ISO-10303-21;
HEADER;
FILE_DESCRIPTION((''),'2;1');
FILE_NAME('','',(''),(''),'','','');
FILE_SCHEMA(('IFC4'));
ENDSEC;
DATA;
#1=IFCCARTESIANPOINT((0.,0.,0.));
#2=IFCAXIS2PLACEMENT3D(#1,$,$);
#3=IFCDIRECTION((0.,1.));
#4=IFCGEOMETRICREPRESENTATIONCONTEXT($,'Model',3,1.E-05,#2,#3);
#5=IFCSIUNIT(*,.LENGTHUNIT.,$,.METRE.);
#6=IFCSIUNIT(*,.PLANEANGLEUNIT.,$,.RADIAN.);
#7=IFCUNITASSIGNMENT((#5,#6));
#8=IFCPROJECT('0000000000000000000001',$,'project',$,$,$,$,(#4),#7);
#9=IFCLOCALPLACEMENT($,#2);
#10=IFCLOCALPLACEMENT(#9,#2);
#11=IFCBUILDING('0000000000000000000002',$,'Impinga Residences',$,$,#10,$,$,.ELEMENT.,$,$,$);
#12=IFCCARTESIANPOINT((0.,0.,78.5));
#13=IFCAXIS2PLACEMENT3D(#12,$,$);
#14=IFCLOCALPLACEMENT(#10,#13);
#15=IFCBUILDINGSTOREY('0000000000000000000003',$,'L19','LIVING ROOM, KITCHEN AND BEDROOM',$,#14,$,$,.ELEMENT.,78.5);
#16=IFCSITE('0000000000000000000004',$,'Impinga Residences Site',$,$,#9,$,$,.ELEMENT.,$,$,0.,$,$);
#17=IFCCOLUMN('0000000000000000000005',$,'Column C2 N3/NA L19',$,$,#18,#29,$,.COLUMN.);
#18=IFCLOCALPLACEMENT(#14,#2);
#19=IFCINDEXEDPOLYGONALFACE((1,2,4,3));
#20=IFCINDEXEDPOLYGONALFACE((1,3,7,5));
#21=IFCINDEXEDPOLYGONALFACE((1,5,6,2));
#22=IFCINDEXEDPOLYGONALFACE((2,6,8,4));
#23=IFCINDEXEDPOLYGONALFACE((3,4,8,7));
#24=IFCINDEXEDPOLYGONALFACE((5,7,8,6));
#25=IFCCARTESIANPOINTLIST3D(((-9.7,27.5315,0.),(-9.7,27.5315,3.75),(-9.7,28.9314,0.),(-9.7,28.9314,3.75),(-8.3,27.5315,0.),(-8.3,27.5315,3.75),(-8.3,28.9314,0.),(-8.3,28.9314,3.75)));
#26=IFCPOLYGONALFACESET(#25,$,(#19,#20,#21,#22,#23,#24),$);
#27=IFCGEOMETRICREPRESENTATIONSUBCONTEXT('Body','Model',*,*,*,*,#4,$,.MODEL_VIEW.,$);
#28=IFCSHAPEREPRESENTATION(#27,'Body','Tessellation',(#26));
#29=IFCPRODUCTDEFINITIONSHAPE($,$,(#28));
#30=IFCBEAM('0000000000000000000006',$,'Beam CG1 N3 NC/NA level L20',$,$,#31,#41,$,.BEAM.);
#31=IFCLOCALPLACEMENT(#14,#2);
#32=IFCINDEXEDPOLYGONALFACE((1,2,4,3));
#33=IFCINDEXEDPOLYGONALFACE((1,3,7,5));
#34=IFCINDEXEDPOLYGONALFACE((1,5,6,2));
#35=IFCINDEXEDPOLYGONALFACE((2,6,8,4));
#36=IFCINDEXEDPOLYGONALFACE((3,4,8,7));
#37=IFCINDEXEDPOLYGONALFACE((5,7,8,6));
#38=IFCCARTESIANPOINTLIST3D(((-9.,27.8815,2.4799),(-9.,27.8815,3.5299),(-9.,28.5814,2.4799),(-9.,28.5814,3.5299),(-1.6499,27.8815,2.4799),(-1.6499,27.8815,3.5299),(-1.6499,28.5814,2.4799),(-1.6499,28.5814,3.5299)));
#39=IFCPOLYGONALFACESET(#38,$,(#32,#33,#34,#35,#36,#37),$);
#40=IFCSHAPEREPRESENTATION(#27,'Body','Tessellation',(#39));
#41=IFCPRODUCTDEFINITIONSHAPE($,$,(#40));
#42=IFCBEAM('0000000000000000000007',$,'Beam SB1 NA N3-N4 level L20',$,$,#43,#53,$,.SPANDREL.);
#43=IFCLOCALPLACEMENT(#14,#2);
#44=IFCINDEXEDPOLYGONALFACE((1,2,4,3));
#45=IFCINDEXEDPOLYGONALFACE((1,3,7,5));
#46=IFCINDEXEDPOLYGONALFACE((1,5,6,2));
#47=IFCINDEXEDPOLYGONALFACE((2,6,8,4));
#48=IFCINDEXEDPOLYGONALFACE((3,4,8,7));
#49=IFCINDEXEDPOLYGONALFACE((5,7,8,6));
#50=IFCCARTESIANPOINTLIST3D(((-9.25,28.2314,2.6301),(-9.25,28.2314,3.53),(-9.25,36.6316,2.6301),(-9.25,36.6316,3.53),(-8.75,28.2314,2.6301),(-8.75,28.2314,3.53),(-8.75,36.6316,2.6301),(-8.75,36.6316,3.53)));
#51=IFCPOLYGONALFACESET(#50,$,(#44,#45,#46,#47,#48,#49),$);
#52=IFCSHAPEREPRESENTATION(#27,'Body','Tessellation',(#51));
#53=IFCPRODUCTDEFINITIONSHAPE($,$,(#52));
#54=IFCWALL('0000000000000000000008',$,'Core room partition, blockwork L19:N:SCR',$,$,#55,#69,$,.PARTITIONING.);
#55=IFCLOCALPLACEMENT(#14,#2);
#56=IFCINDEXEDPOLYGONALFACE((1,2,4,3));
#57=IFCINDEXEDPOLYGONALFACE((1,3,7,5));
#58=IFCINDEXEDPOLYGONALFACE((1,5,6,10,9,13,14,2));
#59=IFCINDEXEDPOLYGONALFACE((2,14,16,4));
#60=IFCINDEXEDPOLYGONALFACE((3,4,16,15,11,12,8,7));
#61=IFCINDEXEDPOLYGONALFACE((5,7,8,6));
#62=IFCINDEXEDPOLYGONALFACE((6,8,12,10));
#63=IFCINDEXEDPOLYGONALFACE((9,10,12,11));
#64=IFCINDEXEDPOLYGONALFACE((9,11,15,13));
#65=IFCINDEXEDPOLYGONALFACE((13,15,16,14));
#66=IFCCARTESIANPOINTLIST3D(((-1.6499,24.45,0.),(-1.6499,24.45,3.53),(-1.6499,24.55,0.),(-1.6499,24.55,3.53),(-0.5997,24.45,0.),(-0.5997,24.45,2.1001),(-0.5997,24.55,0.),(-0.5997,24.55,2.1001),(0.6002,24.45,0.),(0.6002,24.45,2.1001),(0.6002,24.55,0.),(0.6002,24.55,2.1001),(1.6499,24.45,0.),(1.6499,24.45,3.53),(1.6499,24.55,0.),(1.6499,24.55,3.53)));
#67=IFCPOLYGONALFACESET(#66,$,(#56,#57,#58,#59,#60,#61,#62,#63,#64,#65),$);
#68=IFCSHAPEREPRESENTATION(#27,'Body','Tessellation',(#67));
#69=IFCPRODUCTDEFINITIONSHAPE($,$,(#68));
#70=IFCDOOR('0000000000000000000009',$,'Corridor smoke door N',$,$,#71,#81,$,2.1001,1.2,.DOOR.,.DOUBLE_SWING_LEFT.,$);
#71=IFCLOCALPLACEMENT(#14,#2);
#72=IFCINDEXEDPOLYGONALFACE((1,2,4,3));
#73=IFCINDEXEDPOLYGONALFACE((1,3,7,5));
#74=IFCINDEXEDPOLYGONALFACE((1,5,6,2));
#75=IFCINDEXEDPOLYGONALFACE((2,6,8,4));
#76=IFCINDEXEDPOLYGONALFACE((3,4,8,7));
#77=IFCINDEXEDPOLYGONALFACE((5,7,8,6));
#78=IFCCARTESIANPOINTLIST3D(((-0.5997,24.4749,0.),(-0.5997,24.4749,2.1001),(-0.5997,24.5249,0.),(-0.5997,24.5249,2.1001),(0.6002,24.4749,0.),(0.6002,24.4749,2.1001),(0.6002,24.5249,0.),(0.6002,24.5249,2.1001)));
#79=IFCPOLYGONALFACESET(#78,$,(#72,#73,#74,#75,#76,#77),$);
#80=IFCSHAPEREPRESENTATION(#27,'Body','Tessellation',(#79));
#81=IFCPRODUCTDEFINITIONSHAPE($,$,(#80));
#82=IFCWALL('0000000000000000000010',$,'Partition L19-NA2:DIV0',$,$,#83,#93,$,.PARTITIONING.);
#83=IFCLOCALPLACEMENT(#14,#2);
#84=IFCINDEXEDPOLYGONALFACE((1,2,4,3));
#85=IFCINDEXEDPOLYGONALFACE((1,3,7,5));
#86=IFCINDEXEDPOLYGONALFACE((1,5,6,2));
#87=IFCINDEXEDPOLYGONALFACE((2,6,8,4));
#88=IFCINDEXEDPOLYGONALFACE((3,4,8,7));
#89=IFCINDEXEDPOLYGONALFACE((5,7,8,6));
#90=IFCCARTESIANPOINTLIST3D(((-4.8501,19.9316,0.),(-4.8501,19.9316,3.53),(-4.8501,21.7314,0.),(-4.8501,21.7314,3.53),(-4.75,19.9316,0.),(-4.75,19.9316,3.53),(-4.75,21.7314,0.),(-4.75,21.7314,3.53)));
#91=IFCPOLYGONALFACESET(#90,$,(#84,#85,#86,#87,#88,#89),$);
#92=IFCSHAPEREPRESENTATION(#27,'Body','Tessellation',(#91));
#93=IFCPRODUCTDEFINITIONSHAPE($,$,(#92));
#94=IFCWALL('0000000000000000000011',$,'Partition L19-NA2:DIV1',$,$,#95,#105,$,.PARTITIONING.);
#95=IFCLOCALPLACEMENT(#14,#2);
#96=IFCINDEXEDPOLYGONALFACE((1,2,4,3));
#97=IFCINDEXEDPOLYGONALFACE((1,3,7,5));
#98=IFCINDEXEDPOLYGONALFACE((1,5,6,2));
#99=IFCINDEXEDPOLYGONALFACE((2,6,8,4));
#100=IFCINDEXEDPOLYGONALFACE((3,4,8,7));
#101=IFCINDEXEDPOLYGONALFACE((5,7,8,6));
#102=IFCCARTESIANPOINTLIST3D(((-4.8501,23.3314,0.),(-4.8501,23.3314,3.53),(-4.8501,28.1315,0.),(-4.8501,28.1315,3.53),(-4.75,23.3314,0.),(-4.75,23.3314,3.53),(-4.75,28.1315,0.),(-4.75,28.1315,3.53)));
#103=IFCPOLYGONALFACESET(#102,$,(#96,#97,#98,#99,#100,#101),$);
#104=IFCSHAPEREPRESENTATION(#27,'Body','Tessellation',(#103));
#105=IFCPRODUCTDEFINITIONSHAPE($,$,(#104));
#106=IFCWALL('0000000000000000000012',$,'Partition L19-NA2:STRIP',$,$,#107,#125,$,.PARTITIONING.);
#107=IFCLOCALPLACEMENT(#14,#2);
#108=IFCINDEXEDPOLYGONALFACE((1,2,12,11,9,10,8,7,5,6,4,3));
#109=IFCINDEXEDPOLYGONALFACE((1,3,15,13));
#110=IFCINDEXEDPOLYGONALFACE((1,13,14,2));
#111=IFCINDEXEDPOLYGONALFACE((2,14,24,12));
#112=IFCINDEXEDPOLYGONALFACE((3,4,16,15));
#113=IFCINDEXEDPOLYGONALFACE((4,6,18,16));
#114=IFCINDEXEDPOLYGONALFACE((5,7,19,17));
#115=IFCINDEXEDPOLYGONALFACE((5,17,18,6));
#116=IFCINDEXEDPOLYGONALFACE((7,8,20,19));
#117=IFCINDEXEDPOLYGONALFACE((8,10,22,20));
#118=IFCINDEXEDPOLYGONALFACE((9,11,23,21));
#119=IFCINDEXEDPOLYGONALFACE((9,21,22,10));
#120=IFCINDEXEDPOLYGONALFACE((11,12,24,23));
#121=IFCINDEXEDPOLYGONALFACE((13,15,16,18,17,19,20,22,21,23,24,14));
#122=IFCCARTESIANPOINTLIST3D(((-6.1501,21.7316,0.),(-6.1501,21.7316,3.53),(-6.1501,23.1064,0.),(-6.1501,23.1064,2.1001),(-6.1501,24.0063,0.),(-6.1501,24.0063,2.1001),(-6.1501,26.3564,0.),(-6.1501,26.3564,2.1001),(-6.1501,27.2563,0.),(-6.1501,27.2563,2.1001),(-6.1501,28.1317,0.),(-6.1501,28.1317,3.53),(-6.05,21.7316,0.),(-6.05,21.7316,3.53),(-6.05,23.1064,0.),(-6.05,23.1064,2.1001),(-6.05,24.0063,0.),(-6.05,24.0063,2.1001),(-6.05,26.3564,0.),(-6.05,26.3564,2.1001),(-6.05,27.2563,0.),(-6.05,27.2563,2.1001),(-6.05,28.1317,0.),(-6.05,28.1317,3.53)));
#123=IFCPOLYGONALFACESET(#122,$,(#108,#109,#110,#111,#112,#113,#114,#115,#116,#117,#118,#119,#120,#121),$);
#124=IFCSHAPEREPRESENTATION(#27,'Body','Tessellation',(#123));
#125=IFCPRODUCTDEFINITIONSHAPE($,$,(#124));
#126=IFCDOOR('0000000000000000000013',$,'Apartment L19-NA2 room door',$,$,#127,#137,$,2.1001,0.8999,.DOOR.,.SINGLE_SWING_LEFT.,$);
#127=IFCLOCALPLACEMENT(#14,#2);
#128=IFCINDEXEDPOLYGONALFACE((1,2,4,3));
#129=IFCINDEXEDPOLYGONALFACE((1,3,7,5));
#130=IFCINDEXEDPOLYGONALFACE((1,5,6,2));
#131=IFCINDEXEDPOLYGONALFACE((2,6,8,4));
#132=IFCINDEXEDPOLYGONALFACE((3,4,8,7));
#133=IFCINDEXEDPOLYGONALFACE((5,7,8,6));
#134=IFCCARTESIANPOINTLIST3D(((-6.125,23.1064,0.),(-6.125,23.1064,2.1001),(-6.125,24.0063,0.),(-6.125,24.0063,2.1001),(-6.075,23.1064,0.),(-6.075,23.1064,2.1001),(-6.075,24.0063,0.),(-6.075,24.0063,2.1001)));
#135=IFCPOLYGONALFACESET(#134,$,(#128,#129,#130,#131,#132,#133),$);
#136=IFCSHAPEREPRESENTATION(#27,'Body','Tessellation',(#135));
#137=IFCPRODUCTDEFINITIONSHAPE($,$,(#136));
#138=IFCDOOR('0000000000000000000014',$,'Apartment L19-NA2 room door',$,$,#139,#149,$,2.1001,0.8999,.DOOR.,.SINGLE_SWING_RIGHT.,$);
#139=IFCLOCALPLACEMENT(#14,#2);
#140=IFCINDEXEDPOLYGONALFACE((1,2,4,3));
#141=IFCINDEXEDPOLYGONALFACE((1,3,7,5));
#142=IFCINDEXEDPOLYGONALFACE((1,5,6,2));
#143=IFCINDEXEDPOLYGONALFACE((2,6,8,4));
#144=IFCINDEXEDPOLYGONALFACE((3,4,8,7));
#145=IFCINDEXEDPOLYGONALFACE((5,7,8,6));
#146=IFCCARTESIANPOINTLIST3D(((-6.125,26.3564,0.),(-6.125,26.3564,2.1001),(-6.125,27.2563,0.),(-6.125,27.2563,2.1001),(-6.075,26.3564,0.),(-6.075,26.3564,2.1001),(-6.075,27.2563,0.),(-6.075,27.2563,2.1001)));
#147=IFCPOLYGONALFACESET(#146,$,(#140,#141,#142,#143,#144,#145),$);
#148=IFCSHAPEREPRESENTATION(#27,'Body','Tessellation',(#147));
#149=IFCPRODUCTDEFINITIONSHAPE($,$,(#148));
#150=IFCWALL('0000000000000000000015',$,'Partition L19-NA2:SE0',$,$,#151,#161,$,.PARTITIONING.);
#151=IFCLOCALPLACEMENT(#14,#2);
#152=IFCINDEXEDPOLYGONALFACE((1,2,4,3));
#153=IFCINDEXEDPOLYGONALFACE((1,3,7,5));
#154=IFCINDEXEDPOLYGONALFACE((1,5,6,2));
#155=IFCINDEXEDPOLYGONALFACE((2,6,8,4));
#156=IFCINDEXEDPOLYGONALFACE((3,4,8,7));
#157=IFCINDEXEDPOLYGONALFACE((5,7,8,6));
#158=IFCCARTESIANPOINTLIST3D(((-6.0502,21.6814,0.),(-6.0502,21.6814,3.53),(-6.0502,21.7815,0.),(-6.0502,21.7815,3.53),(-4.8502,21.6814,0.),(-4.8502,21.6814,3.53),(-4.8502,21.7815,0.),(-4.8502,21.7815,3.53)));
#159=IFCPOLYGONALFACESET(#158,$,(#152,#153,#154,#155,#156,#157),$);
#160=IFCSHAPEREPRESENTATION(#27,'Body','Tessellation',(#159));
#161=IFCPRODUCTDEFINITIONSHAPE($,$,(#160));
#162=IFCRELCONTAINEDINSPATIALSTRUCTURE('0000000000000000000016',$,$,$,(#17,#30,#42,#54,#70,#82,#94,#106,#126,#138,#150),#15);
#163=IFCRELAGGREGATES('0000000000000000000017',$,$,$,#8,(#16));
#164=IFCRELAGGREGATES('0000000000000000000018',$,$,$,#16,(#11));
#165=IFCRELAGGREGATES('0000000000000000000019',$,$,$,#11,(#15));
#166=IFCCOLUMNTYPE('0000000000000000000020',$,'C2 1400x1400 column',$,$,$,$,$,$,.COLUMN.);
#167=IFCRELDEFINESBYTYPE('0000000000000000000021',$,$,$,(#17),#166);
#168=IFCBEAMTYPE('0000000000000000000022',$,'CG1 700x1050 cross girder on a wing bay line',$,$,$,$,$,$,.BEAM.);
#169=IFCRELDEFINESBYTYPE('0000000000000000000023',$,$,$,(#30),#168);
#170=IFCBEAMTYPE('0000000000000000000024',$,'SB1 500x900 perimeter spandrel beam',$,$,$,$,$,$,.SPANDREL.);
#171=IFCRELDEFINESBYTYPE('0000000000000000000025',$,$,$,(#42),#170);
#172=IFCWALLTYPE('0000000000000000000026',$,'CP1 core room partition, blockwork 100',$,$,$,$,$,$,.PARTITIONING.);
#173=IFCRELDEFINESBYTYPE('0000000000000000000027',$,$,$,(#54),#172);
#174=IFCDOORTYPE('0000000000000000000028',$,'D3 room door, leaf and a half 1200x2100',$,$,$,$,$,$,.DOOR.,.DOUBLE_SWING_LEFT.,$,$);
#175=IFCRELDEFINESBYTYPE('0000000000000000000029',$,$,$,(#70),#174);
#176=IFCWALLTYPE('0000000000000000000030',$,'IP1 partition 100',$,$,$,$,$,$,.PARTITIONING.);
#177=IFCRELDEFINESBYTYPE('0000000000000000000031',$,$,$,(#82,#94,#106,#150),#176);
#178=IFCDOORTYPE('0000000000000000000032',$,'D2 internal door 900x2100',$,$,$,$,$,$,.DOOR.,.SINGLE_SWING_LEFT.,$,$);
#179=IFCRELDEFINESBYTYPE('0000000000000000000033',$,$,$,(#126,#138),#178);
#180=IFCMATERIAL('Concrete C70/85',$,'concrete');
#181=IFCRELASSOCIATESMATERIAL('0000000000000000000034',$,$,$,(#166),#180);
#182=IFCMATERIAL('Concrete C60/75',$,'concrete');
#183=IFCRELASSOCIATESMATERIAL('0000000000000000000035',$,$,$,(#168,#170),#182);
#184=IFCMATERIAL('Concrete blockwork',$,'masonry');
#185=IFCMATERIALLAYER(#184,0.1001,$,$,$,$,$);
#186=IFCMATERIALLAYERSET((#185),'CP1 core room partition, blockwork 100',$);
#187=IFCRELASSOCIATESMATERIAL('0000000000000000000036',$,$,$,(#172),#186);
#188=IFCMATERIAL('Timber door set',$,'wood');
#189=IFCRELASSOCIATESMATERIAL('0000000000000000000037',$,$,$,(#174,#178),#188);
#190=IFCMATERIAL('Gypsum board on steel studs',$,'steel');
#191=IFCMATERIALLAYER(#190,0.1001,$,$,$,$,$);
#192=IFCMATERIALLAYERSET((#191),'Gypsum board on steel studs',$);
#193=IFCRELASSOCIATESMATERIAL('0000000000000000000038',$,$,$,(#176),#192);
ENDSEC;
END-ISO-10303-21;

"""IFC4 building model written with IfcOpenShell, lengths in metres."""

from ifc_helpers import new_model, si_unit, direction, frame, frame_2d, origin, origin_2d, place, context, subcontext, project, spatial, rectangle, extrude, material, layer, layer_set, material_profile, profile_set, type_object, element, fill, save


model = new_model("IFC4")

# Units and contexts
model_context = context("Model", 3, precision=1e-05, world=origin(), true_north=direction((0.0, 1.0)))
body_context = subcontext(model_context, "Body", "Model", "MODEL_VIEW")
ifc_project = project(units=[si_unit("LENGTHUNIT", "METRE"), si_unit("PLANEANGLEUNIT", "RADIAN")], contexts=[model_context])

# Site, building, storey
site_placement = place(None, origin())
site = spatial("IfcSite", under=ifc_project, at=site_placement, Name="Impinga Residences Site", CompositionType="ELEMENT", RefElevation=0.0)
building_placement = place(site_placement, origin())
building = spatial("IfcBuilding", under=site, at=building_placement, Name="Impinga Residences", CompositionType="ELEMENT")
storey_placement = place(building_placement, frame((0.0, 0.0, 78.5)))
storey = spatial("IfcBuildingStorey", under=building, at=storey_placement, Name="L19", Description="LIVING ROOM, KITCHEN AND BEDROOM", CompositionType="ELEMENT", Elevation=78.5)

# Column
ifc_material_1 = material(Name="Concrete C70/85", Category="concrete")
ifc_material_profile_1 = material_profile(ifc_material_1, rectangle(XDim=1.3999, YDim=1.3999, at=origin_2d()), Name="RC 1400x1400")
ifc_profile_set_1 = profile_set([ifc_material_profile_1], Name="Concrete C70/85")
column_type = type_object("IfcColumnType", Name="C2 1400x1400 column", PredefinedType="COLUMN", material=ifc_profile_set_1)
column_placement = place(storey_placement, frame((-9.0, 28.2314, 0.0), z_axis=(0.0, 0.0, 1.0), x_axis=(1.0, 0.0, 0.0)))
element("IfcColumn", 1, at=column_placement, inside=storey, type_object=column_type, Name="Column C2 N3/NA L19", PredefinedType="COLUMN", context=body_context, shape_type="SweptSolid", body=[
    extrude(rectangle(XDim=1.3999, YDim=1.3999, at=origin_2d()), origin(), (0.0, 0.0, 1.0), 3.75),
])

# Beams
ifc_material_2 = material(Name="Concrete C60/75", Category="concrete")
ifc_material_profile_2 = material_profile(ifc_material_2, rectangle(XDim=0.7, YDim=1.05, at=origin_2d()), Name="RC 700x1050")
ifc_profile_set_2 = profile_set([ifc_material_profile_2], Name="Concrete C60/75")
beam_type_1 = type_object("IfcBeamType", Name="CG1 700x1050 cross girder on a wing bay line", PredefinedType="BEAM", material=ifc_profile_set_2)
beam_1_placement = place(storey_placement, frame((-1.6499, 28.2314, 3.0049), z_axis=(-1.0, 0.0, 0.0), x_axis=(0.0, -1.0, 0.0)))
element("IfcBeam", 2, at=beam_1_placement, inside=storey, type_object=beam_type_1, Name="Beam CG1 N3 NC/NA level L20", PredefinedType="BEAM", context=body_context, shape_type="SweptSolid", body=[
    extrude(rectangle(XDim=0.7, YDim=1.05, at=origin_2d()), origin(), (0.0, 0.0, 1.0), 7.3501),
])
ifc_material_profile_3 = material_profile(ifc_material_2, rectangle(XDim=0.5, YDim=0.8999, at=origin_2d()), Name="RC 500x900")
ifc_profile_set_3 = profile_set([ifc_material_profile_3], Name="Concrete C60/75")
beam_type_2 = type_object("IfcBeamType", Name="SB1 500x900 perimeter spandrel beam", PredefinedType="SPANDREL", material=ifc_profile_set_3)
beam_2_placement = place(storey_placement, frame((-9.0, 28.2314, 3.0801), z_axis=(0.0, 1.0, 0.0), x_axis=(-1.0, 0.0, 0.0)))
element("IfcBeam", 3, at=beam_2_placement, inside=storey, type_object=beam_type_2, Name="Beam SB1 NA N3-N4 level L20", PredefinedType="SPANDREL", context=body_context, shape_type="SweptSolid", body=[
    extrude(rectangle(XDim=0.5, YDim=0.8999, at=origin_2d()), origin(), (0.0, 0.0, 1.0), 8.4001),
])

# Wall, opening, door
ifc_material_3 = material(Name="Concrete blockwork", Category="masonry")
ifc_layer_1 = layer(ifc_material_3, 0.1001)
ifc_layer_set_1 = layer_set([ifc_layer_1], Name="CP1 core room partition, blockwork 100")
wall_type_1 = type_object("IfcWallType", Name="CP1 core room partition, blockwork 100", PredefinedType="PARTITIONING", material=ifc_layer_set_1)
wall_1_placement = place(storey_placement, frame((-1.6499, 24.5, 0.0), z_axis=(0.0, 0.0, 1.0), x_axis=(1.0, 0.0, 0.0)))
wall_1 = element("IfcWall", 4, at=wall_1_placement, inside=storey, type_object=wall_type_1, Name="Core room partition, blockwork L19:N:SCR", PredefinedType="PARTITIONING", context=body_context, shape_type="SweptSolid", body=[
    extrude(rectangle(XDim=3.2998, YDim=0.1001, at=frame_2d((1.6499, 0.0))), origin(), (0.0, 0.0, 1.0), 3.53),
])
opening_1_placement = place(wall_1_placement, frame((1.05, 0.0, 0.0)))
opening_1 = element("IfcOpeningElement", 5, at=opening_1_placement, cuts=wall_1, PredefinedType="OPENING", context=body_context, shape_type="SweptSolid", body=[
    extrude(rectangle(XDim=1.2, YDim=2.1001, at=frame_2d((0.6001, 1.05))), frame((0.0, 0.0601, 0.0), z_axis=(0.0, -1.0, 0.0), x_axis=(1.0, 0.0, 0.0)), (0.0, 0.0, 1.0), 0.1201),
])
ifc_material_4 = material(Name="Timber door set", Category="wood")
door_type_1 = type_object("IfcDoorType", Name="D3 room door, leaf and a half 1200x2100", OperationType="DOUBLE_SWING_LEFT", PredefinedType="DOOR", material=ifc_material_4)
door_1_placement = place(opening_1_placement, origin())
door_1 = element("IfcDoor", 6, at=door_1_placement, inside=storey, type_object=door_type_1, Name="Corridor smoke door N", OperationType="DOUBLE_SWING_LEFT", OverallHeight=2.1001, OverallWidth=1.2, PredefinedType="DOOR", context=body_context, shape_type="SweptSolid", body=[
    extrude(rectangle(XDim=1.2, YDim=2.1001, at=frame_2d((0.6001, 1.05))), frame((0.0, 0.0249, 0.0), z_axis=(0.0, -1.0, 0.0), x_axis=(1.0, 0.0, 0.0)), (0.0, 0.0, 1.0), 0.05),
])
fill(opening_1, door_1)

# Walls
ifc_material_5 = material(Name="Gypsum board on steel studs", Category="steel")
ifc_layer_2 = layer(ifc_material_5, 0.1001)
ifc_layer_set_2 = layer_set([ifc_layer_2], Name="Gypsum board on steel studs")
wall_type_2 = type_object("IfcWallType", Name="IP1 partition 100", PredefinedType="PARTITIONING", material=ifc_layer_set_2)
wall_2_placement = place(storey_placement, frame((-4.8, 19.9316, 0.0), z_axis=(0.0, 0.0, 1.0), x_axis=(0.0, 1.0, 0.0)))
element("IfcWall", 7, at=wall_2_placement, inside=storey, type_object=wall_type_2, Name="Partition L19-NA2:DIV0", PredefinedType="PARTITIONING", context=body_context, shape_type="SweptSolid", body=[
    extrude(rectangle(XDim=1.7998, YDim=0.1001, at=frame_2d((0.8999, 0.0))), origin(), (0.0, 0.0, 1.0), 3.53),
])
wall_3_placement = place(storey_placement, frame((-4.8, 23.3315, 0.0), z_axis=(0.0, 0.0, 1.0), x_axis=(0.0, 1.0, 0.0)))
element("IfcWall", 8, at=wall_3_placement, inside=storey, type_object=wall_type_2, Name="Partition L19-NA2:DIV1", PredefinedType="PARTITIONING", context=body_context, shape_type="SweptSolid", body=[
    extrude(rectangle(XDim=4.8, YDim=0.1001, at=frame_2d((2.3999, 0.0))), origin(), (0.0, 0.0, 1.0), 3.53),
])

# Wall, openings, doors
wall_4_placement = place(storey_placement, frame((-6.1001, 21.7314, 0.0), z_axis=(0.0, 0.0, 1.0), x_axis=(0.0, 1.0, 0.0)))
wall_4 = element("IfcWall", 9, at=wall_4_placement, inside=storey, type_object=wall_type_2, Name="Partition L19-NA2:STRIP", PredefinedType="PARTITIONING", context=body_context, shape_type="SweptSolid", body=[
    extrude(rectangle(XDim=6.4001, YDim=0.1001, at=frame_2d((3.2002, 0.0))), origin(), (0.0, 0.0, 1.0), 3.53),
])
opening_2_placement = place(wall_4_placement, frame((1.375, 0.0, 0.0)))
opening_2 = element("IfcOpeningElement", 10, at=opening_2_placement, cuts=wall_4, PredefinedType="OPENING", context=body_context, shape_type="SweptSolid", body=[
    extrude(rectangle(XDim=0.8999, YDim=2.1001, at=frame_2d((0.45, 1.05))), frame((0.0, 0.0601, 0.0), z_axis=(0.0, -1.0, 0.0), x_axis=(1.0, 0.0, 0.0)), (0.0, 0.0, 1.0), 0.1201),
])
opening_3_placement = place(wall_4_placement, frame((4.625, 0.0, 0.0)))
opening_3 = element("IfcOpeningElement", 11, at=opening_3_placement, cuts=wall_4, PredefinedType="OPENING", context=body_context, shape_type="SweptSolid", body=[
    extrude(rectangle(XDim=0.8999, YDim=2.1001, at=frame_2d((0.45, 1.05))), frame((0.0, 0.0601, 0.0), z_axis=(0.0, -1.0, 0.0), x_axis=(1.0, 0.0, 0.0)), (0.0, 0.0, 1.0), 0.1201),
])
door_type_2 = type_object("IfcDoorType", Name="D2 internal door 900x2100", OperationType="SINGLE_SWING_LEFT", PredefinedType="DOOR", material=ifc_material_4)
door_2_placement = place(opening_2_placement, origin())
door_2 = element("IfcDoor", 12, at=door_2_placement, inside=storey, type_object=door_type_2, Name="Apartment L19-NA2 room door", OperationType="SINGLE_SWING_LEFT", OverallHeight=2.1001, OverallWidth=0.8999, PredefinedType="DOOR", context=body_context, shape_type="SweptSolid", body=[
    extrude(rectangle(XDim=0.8999, YDim=2.1001, at=frame_2d((0.45, 1.05))), frame((0.0, 0.0249, 0.0), z_axis=(0.0, -1.0, 0.0), x_axis=(1.0, 0.0, 0.0)), (0.0, 0.0, 1.0), 0.05),
])
fill(opening_2, door_2)
door_3_placement = place(opening_3_placement, origin())
door_3 = element("IfcDoor", 13, at=door_3_placement, inside=storey, type_object=door_type_2, Name="Apartment L19-NA2 room door", OperationType="SINGLE_SWING_RIGHT", OverallHeight=2.1001, OverallWidth=0.8999, PredefinedType="DOOR", context=body_context, shape_type="SweptSolid", body=[
    extrude(rectangle(XDim=0.8999, YDim=2.1001, at=frame_2d((0.45, 1.05))), frame((0.0, 0.0249, 0.0), z_axis=(0.0, -1.0, 0.0), x_axis=(1.0, 0.0, 0.0)), (0.0, 0.0, 1.0), 0.05),
])
fill(opening_3, door_3)

# Wall
wall_5_placement = place(storey_placement, frame((-4.8501, 21.7314, 0.0), z_axis=(0.0, 0.0, 1.0), x_axis=(-1.0, 0.0, 0.0)))
element("IfcWall", 14, at=wall_5_placement, inside=storey, type_object=wall_type_2, Name="Partition L19-NA2:SE0", PredefinedType="PARTITIONING", context=body_context, shape_type="SweptSolid", body=[
    extrude(rectangle(XDim=1.2, YDim=0.1001, at=frame_2d((0.6001, 0.0))), origin(), (0.0, 0.0, 1.0), 3.53),
])

save(model, "model.ifc")
